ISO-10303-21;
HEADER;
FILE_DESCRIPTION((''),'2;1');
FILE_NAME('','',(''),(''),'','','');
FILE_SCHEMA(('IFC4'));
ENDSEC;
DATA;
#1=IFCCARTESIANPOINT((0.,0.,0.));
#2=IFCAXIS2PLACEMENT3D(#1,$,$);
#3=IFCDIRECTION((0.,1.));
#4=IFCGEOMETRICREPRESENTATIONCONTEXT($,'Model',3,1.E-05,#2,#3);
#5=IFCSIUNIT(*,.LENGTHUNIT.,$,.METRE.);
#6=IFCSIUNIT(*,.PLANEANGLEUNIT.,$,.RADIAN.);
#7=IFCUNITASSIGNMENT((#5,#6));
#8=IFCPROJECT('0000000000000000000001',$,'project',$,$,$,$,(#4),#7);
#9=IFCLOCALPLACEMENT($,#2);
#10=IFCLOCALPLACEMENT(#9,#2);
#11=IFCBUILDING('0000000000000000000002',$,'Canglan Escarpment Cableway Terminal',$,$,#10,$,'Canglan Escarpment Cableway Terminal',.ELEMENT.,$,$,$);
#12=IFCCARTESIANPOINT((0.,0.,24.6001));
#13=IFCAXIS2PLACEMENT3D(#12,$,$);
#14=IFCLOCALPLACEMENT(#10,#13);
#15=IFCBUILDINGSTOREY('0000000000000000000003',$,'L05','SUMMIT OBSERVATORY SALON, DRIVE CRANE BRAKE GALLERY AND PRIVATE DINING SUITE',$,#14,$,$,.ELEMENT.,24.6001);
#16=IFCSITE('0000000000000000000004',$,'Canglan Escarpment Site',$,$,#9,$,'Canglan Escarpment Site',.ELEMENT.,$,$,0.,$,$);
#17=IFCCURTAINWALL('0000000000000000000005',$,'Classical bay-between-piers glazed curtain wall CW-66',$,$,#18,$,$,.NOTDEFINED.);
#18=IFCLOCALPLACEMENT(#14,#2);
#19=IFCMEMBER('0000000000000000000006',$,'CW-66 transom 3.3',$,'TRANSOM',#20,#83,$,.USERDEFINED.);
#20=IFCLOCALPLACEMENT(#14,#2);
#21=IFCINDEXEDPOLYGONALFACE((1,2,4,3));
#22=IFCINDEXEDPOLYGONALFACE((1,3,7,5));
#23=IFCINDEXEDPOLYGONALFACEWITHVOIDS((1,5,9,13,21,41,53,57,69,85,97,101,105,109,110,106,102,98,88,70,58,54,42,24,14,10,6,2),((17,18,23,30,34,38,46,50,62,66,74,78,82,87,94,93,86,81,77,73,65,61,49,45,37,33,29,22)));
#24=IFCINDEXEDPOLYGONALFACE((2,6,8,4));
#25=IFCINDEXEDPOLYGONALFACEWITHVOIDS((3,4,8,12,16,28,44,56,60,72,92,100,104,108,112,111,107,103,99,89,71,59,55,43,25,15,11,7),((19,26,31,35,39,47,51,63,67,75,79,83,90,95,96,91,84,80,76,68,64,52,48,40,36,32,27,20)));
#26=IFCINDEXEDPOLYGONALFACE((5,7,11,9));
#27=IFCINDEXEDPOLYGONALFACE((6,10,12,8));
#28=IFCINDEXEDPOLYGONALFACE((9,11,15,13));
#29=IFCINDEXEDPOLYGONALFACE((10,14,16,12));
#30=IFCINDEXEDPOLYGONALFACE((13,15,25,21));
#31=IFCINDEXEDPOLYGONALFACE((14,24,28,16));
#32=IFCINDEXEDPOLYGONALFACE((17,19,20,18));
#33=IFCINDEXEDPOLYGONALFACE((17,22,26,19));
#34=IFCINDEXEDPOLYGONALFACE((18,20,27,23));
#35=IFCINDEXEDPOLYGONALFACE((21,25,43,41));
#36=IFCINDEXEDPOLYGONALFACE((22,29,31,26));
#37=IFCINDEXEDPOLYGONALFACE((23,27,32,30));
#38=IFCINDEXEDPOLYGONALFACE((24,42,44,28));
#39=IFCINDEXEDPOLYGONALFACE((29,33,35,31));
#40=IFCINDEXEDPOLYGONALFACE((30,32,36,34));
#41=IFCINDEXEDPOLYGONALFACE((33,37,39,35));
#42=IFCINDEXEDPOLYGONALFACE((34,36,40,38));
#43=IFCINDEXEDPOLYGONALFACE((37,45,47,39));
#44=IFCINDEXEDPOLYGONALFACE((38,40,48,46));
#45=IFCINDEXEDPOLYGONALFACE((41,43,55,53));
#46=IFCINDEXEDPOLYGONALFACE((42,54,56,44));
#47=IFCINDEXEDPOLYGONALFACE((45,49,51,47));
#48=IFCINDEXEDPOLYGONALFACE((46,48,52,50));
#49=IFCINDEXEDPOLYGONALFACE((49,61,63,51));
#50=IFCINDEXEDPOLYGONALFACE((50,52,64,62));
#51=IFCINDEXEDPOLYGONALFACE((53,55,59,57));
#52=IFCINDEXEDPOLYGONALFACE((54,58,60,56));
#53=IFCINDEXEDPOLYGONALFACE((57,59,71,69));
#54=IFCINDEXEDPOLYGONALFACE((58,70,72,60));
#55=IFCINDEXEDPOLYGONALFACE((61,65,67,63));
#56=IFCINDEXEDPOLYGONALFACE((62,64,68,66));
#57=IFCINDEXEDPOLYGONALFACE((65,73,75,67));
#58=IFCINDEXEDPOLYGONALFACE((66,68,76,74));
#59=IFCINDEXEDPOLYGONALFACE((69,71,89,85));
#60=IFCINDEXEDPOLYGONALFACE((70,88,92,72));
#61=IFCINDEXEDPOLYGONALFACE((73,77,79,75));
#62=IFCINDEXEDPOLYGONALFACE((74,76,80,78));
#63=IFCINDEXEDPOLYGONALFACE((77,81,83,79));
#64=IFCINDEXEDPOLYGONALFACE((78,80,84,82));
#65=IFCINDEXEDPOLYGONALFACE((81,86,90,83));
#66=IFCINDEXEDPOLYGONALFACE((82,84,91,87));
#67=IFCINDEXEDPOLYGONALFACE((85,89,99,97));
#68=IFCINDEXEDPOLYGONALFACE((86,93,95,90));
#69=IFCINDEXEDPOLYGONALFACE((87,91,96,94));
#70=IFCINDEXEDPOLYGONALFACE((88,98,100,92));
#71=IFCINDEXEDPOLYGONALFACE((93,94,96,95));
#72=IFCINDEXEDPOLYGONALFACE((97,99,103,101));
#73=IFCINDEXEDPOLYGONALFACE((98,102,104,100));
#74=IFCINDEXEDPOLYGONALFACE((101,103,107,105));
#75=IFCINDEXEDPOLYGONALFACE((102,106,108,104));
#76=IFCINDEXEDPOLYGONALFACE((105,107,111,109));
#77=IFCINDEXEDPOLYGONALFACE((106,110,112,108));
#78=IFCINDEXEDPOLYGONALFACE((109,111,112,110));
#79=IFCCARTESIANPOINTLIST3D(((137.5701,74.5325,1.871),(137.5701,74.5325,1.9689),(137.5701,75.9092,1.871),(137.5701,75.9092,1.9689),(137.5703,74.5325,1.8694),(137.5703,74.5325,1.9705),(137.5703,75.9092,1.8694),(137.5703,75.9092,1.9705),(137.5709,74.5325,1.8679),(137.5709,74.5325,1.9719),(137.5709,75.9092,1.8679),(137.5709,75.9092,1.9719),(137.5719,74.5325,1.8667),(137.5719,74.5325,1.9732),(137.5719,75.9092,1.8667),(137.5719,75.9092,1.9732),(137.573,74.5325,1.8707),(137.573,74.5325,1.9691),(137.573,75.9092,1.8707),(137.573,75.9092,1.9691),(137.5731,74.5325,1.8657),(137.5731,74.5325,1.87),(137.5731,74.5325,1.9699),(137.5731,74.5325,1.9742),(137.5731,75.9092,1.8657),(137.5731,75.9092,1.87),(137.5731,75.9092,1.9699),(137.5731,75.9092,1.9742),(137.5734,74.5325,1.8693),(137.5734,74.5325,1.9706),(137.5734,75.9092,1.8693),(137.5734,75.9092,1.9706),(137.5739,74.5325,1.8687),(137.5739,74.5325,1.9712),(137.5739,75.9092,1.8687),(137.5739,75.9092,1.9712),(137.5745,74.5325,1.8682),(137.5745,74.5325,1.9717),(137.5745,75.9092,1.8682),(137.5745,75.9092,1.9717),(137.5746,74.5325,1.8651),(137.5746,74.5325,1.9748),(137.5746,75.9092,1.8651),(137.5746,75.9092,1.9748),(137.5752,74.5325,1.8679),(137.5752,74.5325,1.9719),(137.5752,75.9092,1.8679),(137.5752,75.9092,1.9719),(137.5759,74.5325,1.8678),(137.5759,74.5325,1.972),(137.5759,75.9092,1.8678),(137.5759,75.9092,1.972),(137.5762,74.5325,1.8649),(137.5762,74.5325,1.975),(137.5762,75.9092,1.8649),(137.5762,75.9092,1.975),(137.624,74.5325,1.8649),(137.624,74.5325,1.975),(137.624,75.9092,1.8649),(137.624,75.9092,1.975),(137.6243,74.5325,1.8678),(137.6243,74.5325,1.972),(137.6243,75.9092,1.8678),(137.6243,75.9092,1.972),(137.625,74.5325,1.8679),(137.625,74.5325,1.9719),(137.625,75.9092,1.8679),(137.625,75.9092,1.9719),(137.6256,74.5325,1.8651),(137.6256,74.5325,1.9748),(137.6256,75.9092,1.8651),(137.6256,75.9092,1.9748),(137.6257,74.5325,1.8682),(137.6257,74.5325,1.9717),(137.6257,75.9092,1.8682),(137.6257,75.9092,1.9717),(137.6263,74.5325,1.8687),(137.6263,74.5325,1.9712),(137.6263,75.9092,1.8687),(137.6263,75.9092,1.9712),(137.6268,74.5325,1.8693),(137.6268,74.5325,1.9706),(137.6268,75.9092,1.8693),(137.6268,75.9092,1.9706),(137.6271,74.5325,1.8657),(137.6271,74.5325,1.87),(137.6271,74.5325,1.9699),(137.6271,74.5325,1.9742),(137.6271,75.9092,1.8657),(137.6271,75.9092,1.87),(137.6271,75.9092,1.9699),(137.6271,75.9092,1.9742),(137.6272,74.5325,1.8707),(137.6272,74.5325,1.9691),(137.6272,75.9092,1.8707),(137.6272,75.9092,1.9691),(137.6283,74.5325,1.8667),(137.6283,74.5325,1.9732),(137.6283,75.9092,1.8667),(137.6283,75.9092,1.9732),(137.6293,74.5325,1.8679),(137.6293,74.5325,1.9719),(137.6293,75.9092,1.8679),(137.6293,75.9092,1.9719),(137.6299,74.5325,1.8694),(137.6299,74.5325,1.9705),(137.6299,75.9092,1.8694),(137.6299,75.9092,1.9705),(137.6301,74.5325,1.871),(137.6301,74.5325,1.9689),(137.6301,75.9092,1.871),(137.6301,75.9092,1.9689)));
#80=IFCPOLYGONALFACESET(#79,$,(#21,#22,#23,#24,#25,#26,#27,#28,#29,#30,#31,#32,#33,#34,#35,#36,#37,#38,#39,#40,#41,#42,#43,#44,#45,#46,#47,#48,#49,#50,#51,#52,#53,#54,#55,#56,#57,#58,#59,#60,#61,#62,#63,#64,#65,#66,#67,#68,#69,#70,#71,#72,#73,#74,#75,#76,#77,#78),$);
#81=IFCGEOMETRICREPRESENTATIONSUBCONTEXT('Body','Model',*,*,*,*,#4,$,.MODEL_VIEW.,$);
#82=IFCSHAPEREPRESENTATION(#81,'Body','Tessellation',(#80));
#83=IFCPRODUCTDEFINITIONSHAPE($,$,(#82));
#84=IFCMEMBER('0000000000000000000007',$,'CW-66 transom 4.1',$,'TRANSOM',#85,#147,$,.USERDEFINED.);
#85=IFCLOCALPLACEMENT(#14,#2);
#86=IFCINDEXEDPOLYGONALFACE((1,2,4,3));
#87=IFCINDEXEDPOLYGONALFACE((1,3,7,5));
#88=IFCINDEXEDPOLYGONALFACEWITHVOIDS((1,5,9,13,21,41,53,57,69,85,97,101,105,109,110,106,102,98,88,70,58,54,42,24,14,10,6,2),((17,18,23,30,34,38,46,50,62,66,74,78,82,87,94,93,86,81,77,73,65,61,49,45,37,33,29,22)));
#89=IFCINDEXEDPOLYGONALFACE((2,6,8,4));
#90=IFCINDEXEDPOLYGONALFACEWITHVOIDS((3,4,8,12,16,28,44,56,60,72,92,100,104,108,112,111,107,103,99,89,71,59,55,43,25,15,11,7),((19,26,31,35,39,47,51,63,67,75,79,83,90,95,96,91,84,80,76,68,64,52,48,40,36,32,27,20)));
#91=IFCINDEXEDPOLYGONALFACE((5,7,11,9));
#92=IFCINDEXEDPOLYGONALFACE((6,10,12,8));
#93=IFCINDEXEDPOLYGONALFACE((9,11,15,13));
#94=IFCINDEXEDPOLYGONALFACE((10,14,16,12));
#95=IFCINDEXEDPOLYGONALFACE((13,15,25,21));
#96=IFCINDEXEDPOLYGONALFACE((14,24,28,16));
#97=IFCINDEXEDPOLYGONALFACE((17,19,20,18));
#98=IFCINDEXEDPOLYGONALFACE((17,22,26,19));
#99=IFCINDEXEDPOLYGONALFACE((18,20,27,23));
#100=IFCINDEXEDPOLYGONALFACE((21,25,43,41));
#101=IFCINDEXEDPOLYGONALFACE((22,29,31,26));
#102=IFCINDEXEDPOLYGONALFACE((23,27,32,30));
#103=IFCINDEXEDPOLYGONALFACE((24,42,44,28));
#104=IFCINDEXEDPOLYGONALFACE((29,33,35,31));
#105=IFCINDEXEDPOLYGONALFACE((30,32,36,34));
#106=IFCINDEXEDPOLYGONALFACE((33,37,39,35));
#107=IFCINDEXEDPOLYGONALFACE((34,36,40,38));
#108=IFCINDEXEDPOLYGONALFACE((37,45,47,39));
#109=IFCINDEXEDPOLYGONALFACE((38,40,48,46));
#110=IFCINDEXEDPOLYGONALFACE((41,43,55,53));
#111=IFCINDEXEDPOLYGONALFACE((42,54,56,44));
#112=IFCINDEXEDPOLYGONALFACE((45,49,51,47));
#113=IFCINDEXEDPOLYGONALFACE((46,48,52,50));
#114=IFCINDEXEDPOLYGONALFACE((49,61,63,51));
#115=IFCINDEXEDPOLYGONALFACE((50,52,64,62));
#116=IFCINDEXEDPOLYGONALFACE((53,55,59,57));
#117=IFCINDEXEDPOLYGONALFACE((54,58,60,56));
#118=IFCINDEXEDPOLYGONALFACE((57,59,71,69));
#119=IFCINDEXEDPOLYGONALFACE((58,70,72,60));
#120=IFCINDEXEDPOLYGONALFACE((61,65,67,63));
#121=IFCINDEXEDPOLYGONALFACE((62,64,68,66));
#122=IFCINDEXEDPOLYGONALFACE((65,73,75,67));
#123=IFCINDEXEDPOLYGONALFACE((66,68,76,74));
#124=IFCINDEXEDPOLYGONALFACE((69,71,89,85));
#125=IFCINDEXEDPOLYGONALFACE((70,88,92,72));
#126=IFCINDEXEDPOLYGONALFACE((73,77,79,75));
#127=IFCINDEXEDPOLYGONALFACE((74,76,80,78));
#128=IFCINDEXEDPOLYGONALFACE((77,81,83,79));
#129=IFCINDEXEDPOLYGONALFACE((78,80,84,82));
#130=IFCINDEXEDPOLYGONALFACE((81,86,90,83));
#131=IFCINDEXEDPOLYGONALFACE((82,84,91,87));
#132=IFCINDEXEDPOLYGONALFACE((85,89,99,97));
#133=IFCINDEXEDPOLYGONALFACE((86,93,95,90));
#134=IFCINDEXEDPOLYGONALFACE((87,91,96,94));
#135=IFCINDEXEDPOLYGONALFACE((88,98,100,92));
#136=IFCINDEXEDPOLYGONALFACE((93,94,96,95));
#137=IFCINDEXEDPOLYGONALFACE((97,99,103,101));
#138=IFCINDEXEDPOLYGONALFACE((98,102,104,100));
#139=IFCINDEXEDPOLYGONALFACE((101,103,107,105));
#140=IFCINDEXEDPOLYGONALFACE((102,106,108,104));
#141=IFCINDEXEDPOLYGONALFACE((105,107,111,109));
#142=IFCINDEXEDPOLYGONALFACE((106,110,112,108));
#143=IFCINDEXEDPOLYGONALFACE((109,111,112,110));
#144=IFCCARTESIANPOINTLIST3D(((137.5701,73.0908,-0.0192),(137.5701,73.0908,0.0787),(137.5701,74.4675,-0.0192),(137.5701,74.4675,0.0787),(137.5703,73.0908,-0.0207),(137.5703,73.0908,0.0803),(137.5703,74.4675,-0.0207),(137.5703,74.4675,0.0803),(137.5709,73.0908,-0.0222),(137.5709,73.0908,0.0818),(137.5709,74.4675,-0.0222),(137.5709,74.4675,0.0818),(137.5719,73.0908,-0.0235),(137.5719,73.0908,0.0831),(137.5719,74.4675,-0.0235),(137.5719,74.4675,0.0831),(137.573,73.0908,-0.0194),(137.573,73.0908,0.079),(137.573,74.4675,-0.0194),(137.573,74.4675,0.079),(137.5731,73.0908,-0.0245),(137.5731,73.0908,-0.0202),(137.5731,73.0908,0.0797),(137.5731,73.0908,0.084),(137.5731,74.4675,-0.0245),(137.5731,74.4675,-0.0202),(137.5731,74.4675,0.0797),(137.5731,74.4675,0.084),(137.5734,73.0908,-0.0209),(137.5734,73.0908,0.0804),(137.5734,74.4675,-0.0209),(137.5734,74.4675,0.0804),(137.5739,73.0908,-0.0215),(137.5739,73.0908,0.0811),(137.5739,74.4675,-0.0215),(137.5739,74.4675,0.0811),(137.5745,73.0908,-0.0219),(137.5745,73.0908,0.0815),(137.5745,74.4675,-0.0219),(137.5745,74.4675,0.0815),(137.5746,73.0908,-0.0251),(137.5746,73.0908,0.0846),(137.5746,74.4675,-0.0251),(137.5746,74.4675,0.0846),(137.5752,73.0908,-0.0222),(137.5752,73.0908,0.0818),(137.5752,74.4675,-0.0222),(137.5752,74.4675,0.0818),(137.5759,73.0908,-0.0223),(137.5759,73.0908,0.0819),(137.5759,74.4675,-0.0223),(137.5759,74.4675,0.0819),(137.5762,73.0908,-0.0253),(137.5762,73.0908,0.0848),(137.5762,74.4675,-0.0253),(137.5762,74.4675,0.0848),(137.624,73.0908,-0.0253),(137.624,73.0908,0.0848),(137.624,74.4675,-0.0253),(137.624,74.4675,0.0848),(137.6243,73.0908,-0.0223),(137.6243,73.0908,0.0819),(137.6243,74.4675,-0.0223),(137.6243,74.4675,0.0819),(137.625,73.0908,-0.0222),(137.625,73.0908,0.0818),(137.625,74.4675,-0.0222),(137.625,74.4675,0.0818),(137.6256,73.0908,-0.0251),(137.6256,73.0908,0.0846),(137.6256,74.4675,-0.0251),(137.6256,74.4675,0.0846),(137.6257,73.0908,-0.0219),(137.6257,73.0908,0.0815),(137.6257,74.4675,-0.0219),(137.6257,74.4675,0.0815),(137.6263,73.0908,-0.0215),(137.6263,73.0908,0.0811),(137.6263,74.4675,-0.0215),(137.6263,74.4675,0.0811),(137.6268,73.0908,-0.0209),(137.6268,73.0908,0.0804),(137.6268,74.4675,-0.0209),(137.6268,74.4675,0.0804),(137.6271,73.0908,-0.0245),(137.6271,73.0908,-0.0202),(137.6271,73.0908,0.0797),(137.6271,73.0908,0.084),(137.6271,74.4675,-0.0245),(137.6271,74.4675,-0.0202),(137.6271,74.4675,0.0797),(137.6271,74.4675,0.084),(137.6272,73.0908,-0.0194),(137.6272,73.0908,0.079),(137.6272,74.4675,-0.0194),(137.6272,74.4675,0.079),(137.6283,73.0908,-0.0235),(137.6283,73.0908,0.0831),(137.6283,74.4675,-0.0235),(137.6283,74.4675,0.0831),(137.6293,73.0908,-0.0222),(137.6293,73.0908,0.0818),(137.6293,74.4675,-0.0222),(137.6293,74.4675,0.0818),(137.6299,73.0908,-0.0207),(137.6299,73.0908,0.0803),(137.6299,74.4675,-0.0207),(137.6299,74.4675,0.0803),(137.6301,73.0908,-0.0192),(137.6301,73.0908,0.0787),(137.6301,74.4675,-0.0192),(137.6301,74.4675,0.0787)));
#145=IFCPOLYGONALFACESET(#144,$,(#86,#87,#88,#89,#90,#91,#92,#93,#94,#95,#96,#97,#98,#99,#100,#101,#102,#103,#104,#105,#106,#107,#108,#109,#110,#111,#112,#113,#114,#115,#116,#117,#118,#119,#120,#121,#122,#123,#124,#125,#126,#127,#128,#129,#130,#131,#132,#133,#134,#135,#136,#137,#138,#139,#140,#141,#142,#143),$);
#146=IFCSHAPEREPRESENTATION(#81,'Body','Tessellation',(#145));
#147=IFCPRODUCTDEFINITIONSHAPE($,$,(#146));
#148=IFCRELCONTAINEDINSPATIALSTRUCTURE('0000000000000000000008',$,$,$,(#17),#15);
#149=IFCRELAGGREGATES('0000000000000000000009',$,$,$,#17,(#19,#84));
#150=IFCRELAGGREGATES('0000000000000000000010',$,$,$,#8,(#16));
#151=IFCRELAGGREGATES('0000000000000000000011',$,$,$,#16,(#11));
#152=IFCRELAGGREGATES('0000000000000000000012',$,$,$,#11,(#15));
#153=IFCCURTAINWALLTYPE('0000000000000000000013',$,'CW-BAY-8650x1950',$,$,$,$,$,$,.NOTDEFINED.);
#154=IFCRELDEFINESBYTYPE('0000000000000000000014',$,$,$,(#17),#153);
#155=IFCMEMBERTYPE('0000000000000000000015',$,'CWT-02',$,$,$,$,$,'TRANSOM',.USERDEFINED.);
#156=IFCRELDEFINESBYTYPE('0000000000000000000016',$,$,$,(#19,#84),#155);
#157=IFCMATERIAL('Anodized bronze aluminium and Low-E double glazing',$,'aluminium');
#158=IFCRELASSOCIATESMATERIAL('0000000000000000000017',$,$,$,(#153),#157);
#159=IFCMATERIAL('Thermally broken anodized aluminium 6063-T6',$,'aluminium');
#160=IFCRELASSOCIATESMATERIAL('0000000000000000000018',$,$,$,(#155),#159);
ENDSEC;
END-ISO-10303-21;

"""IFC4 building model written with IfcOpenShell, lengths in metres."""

from ifc_helpers import new_model, si_unit, direction, frame, origin, origin_2d, place, context, subcontext, project, spatial, hollow_rectangle, extrude, material, material_profile, profile_set, type_object, element, aggregate, save


model = new_model("IFC4")

# Units and contexts
model_context = context("Model", 3, precision=1e-05, world=origin(), true_north=direction((0.0, 1.0)))
body_context = subcontext(model_context, "Body", "Model", "MODEL_VIEW")
ifc_project = project(units=[si_unit("LENGTHUNIT", "METRE"), si_unit("PLANEANGLEUNIT", "RADIAN")], contexts=[model_context])

# Site, building, storey
site_placement = place(None, origin())
site = spatial("IfcSite", under=ifc_project, at=site_placement, Name="Canglan Escarpment Site", LongName="Canglan Escarpment Site", CompositionType="ELEMENT", RefElevation=0.0)
building_placement = place(site_placement, origin())
building = spatial("IfcBuilding", under=site, at=building_placement, Name="Canglan Escarpment Cableway Terminal", LongName="Canglan Escarpment Cableway Terminal", CompositionType="ELEMENT")
storey_placement = place(building_placement, frame((0.0, 0.0, 24.6001)))
storey = spatial("IfcBuildingStorey", under=building, at=storey_placement, Name="L05", Description="SUMMIT OBSERVATORY SALON, DRIVE CRANE BRAKE GALLERY AND PRIVATE DINING SUITE", CompositionType="ELEMENT", Elevation=24.6001)

# Shared definitions
ifc_material_1 = material(Name="Anodized bronze aluminium and Low-E double glazing", Category="aluminium")
curtain_wall_type = type_object("IfcCurtainWallType", Name="CW-BAY-8650x1950", PredefinedType="NOTDEFINED", material=ifc_material_1)
ifc_material_2 = material(Name="Thermally broken anodized aluminium 6063-T6", Category="aluminium")

# Curtain wall
curtain_wall_1_placement = place(storey_placement, origin())
curtain_wall_1 = element("IfcCurtainWall", 1, at=curtain_wall_1_placement, inside=storey, type_object=curtain_wall_type, Name="Classical bay-between-piers glazed curtain wall CW-66", PredefinedType="NOTDEFINED")

# Members
ifc_material_profile_1 = material_profile(ifc_material_2, hollow_rectangle(XDim=0.0601, YDim=0.1101, WallThickness=0.0029, InnerFilletRadius=0.0029, OuterFilletRadius=0.0061, at=origin_2d()), Name="ALU-TRAN 60x110x3")
ifc_profile_set_1 = profile_set([ifc_material_profile_1], Name="Thermally broken anodized aluminium 6063-T6")
member_type_1 = type_object("IfcMemberType", Name="CWT-02", ElementType="TRANSOM", PredefinedType="USERDEFINED", material=ifc_profile_set_1)
member_1_placement = place(storey_placement, frame((137.6001, 75.9092, 1.9199), z_axis=(0.0, -1.0, 0.0), x_axis=(1.0, 0.0, 0.0)))
member_1 = element("IfcMember", 2, at=member_1_placement, type_object=member_type_1, Name="CW-66 transom 3.3", ObjectType="TRANSOM", PredefinedType="USERDEFINED", context=body_context, shape_type="SweptSolid", body=[
    extrude(hollow_rectangle(XDim=0.0601, YDim=0.1101, WallThickness=0.0029, InnerFilletRadius=0.0029, OuterFilletRadius=0.0061, at=origin_2d()), origin(), (0.0, 0.0, 1.0), 1.3767),
])
member_2_placement = place(storey_placement, frame((137.6001, 74.4675, 0.0298), z_axis=(0.0, -1.0, 0.0), x_axis=(1.0, 0.0, 0.0)))
member_2 = element("IfcMember", 3, at=member_2_placement, type_object=member_type_1, Name="CW-66 transom 4.1", ObjectType="TRANSOM", PredefinedType="USERDEFINED", context=body_context, shape_type="SweptSolid", body=[
    extrude(hollow_rectangle(XDim=0.0601, YDim=0.1101, WallThickness=0.0029, InnerFilletRadius=0.0029, OuterFilletRadius=0.0061, at=origin_2d()), origin(), (0.0, 0.0, 1.0), 1.3767),
])

aggregate(curtain_wall_1, [member_1, member_2])

save(model, "model.ifc")
